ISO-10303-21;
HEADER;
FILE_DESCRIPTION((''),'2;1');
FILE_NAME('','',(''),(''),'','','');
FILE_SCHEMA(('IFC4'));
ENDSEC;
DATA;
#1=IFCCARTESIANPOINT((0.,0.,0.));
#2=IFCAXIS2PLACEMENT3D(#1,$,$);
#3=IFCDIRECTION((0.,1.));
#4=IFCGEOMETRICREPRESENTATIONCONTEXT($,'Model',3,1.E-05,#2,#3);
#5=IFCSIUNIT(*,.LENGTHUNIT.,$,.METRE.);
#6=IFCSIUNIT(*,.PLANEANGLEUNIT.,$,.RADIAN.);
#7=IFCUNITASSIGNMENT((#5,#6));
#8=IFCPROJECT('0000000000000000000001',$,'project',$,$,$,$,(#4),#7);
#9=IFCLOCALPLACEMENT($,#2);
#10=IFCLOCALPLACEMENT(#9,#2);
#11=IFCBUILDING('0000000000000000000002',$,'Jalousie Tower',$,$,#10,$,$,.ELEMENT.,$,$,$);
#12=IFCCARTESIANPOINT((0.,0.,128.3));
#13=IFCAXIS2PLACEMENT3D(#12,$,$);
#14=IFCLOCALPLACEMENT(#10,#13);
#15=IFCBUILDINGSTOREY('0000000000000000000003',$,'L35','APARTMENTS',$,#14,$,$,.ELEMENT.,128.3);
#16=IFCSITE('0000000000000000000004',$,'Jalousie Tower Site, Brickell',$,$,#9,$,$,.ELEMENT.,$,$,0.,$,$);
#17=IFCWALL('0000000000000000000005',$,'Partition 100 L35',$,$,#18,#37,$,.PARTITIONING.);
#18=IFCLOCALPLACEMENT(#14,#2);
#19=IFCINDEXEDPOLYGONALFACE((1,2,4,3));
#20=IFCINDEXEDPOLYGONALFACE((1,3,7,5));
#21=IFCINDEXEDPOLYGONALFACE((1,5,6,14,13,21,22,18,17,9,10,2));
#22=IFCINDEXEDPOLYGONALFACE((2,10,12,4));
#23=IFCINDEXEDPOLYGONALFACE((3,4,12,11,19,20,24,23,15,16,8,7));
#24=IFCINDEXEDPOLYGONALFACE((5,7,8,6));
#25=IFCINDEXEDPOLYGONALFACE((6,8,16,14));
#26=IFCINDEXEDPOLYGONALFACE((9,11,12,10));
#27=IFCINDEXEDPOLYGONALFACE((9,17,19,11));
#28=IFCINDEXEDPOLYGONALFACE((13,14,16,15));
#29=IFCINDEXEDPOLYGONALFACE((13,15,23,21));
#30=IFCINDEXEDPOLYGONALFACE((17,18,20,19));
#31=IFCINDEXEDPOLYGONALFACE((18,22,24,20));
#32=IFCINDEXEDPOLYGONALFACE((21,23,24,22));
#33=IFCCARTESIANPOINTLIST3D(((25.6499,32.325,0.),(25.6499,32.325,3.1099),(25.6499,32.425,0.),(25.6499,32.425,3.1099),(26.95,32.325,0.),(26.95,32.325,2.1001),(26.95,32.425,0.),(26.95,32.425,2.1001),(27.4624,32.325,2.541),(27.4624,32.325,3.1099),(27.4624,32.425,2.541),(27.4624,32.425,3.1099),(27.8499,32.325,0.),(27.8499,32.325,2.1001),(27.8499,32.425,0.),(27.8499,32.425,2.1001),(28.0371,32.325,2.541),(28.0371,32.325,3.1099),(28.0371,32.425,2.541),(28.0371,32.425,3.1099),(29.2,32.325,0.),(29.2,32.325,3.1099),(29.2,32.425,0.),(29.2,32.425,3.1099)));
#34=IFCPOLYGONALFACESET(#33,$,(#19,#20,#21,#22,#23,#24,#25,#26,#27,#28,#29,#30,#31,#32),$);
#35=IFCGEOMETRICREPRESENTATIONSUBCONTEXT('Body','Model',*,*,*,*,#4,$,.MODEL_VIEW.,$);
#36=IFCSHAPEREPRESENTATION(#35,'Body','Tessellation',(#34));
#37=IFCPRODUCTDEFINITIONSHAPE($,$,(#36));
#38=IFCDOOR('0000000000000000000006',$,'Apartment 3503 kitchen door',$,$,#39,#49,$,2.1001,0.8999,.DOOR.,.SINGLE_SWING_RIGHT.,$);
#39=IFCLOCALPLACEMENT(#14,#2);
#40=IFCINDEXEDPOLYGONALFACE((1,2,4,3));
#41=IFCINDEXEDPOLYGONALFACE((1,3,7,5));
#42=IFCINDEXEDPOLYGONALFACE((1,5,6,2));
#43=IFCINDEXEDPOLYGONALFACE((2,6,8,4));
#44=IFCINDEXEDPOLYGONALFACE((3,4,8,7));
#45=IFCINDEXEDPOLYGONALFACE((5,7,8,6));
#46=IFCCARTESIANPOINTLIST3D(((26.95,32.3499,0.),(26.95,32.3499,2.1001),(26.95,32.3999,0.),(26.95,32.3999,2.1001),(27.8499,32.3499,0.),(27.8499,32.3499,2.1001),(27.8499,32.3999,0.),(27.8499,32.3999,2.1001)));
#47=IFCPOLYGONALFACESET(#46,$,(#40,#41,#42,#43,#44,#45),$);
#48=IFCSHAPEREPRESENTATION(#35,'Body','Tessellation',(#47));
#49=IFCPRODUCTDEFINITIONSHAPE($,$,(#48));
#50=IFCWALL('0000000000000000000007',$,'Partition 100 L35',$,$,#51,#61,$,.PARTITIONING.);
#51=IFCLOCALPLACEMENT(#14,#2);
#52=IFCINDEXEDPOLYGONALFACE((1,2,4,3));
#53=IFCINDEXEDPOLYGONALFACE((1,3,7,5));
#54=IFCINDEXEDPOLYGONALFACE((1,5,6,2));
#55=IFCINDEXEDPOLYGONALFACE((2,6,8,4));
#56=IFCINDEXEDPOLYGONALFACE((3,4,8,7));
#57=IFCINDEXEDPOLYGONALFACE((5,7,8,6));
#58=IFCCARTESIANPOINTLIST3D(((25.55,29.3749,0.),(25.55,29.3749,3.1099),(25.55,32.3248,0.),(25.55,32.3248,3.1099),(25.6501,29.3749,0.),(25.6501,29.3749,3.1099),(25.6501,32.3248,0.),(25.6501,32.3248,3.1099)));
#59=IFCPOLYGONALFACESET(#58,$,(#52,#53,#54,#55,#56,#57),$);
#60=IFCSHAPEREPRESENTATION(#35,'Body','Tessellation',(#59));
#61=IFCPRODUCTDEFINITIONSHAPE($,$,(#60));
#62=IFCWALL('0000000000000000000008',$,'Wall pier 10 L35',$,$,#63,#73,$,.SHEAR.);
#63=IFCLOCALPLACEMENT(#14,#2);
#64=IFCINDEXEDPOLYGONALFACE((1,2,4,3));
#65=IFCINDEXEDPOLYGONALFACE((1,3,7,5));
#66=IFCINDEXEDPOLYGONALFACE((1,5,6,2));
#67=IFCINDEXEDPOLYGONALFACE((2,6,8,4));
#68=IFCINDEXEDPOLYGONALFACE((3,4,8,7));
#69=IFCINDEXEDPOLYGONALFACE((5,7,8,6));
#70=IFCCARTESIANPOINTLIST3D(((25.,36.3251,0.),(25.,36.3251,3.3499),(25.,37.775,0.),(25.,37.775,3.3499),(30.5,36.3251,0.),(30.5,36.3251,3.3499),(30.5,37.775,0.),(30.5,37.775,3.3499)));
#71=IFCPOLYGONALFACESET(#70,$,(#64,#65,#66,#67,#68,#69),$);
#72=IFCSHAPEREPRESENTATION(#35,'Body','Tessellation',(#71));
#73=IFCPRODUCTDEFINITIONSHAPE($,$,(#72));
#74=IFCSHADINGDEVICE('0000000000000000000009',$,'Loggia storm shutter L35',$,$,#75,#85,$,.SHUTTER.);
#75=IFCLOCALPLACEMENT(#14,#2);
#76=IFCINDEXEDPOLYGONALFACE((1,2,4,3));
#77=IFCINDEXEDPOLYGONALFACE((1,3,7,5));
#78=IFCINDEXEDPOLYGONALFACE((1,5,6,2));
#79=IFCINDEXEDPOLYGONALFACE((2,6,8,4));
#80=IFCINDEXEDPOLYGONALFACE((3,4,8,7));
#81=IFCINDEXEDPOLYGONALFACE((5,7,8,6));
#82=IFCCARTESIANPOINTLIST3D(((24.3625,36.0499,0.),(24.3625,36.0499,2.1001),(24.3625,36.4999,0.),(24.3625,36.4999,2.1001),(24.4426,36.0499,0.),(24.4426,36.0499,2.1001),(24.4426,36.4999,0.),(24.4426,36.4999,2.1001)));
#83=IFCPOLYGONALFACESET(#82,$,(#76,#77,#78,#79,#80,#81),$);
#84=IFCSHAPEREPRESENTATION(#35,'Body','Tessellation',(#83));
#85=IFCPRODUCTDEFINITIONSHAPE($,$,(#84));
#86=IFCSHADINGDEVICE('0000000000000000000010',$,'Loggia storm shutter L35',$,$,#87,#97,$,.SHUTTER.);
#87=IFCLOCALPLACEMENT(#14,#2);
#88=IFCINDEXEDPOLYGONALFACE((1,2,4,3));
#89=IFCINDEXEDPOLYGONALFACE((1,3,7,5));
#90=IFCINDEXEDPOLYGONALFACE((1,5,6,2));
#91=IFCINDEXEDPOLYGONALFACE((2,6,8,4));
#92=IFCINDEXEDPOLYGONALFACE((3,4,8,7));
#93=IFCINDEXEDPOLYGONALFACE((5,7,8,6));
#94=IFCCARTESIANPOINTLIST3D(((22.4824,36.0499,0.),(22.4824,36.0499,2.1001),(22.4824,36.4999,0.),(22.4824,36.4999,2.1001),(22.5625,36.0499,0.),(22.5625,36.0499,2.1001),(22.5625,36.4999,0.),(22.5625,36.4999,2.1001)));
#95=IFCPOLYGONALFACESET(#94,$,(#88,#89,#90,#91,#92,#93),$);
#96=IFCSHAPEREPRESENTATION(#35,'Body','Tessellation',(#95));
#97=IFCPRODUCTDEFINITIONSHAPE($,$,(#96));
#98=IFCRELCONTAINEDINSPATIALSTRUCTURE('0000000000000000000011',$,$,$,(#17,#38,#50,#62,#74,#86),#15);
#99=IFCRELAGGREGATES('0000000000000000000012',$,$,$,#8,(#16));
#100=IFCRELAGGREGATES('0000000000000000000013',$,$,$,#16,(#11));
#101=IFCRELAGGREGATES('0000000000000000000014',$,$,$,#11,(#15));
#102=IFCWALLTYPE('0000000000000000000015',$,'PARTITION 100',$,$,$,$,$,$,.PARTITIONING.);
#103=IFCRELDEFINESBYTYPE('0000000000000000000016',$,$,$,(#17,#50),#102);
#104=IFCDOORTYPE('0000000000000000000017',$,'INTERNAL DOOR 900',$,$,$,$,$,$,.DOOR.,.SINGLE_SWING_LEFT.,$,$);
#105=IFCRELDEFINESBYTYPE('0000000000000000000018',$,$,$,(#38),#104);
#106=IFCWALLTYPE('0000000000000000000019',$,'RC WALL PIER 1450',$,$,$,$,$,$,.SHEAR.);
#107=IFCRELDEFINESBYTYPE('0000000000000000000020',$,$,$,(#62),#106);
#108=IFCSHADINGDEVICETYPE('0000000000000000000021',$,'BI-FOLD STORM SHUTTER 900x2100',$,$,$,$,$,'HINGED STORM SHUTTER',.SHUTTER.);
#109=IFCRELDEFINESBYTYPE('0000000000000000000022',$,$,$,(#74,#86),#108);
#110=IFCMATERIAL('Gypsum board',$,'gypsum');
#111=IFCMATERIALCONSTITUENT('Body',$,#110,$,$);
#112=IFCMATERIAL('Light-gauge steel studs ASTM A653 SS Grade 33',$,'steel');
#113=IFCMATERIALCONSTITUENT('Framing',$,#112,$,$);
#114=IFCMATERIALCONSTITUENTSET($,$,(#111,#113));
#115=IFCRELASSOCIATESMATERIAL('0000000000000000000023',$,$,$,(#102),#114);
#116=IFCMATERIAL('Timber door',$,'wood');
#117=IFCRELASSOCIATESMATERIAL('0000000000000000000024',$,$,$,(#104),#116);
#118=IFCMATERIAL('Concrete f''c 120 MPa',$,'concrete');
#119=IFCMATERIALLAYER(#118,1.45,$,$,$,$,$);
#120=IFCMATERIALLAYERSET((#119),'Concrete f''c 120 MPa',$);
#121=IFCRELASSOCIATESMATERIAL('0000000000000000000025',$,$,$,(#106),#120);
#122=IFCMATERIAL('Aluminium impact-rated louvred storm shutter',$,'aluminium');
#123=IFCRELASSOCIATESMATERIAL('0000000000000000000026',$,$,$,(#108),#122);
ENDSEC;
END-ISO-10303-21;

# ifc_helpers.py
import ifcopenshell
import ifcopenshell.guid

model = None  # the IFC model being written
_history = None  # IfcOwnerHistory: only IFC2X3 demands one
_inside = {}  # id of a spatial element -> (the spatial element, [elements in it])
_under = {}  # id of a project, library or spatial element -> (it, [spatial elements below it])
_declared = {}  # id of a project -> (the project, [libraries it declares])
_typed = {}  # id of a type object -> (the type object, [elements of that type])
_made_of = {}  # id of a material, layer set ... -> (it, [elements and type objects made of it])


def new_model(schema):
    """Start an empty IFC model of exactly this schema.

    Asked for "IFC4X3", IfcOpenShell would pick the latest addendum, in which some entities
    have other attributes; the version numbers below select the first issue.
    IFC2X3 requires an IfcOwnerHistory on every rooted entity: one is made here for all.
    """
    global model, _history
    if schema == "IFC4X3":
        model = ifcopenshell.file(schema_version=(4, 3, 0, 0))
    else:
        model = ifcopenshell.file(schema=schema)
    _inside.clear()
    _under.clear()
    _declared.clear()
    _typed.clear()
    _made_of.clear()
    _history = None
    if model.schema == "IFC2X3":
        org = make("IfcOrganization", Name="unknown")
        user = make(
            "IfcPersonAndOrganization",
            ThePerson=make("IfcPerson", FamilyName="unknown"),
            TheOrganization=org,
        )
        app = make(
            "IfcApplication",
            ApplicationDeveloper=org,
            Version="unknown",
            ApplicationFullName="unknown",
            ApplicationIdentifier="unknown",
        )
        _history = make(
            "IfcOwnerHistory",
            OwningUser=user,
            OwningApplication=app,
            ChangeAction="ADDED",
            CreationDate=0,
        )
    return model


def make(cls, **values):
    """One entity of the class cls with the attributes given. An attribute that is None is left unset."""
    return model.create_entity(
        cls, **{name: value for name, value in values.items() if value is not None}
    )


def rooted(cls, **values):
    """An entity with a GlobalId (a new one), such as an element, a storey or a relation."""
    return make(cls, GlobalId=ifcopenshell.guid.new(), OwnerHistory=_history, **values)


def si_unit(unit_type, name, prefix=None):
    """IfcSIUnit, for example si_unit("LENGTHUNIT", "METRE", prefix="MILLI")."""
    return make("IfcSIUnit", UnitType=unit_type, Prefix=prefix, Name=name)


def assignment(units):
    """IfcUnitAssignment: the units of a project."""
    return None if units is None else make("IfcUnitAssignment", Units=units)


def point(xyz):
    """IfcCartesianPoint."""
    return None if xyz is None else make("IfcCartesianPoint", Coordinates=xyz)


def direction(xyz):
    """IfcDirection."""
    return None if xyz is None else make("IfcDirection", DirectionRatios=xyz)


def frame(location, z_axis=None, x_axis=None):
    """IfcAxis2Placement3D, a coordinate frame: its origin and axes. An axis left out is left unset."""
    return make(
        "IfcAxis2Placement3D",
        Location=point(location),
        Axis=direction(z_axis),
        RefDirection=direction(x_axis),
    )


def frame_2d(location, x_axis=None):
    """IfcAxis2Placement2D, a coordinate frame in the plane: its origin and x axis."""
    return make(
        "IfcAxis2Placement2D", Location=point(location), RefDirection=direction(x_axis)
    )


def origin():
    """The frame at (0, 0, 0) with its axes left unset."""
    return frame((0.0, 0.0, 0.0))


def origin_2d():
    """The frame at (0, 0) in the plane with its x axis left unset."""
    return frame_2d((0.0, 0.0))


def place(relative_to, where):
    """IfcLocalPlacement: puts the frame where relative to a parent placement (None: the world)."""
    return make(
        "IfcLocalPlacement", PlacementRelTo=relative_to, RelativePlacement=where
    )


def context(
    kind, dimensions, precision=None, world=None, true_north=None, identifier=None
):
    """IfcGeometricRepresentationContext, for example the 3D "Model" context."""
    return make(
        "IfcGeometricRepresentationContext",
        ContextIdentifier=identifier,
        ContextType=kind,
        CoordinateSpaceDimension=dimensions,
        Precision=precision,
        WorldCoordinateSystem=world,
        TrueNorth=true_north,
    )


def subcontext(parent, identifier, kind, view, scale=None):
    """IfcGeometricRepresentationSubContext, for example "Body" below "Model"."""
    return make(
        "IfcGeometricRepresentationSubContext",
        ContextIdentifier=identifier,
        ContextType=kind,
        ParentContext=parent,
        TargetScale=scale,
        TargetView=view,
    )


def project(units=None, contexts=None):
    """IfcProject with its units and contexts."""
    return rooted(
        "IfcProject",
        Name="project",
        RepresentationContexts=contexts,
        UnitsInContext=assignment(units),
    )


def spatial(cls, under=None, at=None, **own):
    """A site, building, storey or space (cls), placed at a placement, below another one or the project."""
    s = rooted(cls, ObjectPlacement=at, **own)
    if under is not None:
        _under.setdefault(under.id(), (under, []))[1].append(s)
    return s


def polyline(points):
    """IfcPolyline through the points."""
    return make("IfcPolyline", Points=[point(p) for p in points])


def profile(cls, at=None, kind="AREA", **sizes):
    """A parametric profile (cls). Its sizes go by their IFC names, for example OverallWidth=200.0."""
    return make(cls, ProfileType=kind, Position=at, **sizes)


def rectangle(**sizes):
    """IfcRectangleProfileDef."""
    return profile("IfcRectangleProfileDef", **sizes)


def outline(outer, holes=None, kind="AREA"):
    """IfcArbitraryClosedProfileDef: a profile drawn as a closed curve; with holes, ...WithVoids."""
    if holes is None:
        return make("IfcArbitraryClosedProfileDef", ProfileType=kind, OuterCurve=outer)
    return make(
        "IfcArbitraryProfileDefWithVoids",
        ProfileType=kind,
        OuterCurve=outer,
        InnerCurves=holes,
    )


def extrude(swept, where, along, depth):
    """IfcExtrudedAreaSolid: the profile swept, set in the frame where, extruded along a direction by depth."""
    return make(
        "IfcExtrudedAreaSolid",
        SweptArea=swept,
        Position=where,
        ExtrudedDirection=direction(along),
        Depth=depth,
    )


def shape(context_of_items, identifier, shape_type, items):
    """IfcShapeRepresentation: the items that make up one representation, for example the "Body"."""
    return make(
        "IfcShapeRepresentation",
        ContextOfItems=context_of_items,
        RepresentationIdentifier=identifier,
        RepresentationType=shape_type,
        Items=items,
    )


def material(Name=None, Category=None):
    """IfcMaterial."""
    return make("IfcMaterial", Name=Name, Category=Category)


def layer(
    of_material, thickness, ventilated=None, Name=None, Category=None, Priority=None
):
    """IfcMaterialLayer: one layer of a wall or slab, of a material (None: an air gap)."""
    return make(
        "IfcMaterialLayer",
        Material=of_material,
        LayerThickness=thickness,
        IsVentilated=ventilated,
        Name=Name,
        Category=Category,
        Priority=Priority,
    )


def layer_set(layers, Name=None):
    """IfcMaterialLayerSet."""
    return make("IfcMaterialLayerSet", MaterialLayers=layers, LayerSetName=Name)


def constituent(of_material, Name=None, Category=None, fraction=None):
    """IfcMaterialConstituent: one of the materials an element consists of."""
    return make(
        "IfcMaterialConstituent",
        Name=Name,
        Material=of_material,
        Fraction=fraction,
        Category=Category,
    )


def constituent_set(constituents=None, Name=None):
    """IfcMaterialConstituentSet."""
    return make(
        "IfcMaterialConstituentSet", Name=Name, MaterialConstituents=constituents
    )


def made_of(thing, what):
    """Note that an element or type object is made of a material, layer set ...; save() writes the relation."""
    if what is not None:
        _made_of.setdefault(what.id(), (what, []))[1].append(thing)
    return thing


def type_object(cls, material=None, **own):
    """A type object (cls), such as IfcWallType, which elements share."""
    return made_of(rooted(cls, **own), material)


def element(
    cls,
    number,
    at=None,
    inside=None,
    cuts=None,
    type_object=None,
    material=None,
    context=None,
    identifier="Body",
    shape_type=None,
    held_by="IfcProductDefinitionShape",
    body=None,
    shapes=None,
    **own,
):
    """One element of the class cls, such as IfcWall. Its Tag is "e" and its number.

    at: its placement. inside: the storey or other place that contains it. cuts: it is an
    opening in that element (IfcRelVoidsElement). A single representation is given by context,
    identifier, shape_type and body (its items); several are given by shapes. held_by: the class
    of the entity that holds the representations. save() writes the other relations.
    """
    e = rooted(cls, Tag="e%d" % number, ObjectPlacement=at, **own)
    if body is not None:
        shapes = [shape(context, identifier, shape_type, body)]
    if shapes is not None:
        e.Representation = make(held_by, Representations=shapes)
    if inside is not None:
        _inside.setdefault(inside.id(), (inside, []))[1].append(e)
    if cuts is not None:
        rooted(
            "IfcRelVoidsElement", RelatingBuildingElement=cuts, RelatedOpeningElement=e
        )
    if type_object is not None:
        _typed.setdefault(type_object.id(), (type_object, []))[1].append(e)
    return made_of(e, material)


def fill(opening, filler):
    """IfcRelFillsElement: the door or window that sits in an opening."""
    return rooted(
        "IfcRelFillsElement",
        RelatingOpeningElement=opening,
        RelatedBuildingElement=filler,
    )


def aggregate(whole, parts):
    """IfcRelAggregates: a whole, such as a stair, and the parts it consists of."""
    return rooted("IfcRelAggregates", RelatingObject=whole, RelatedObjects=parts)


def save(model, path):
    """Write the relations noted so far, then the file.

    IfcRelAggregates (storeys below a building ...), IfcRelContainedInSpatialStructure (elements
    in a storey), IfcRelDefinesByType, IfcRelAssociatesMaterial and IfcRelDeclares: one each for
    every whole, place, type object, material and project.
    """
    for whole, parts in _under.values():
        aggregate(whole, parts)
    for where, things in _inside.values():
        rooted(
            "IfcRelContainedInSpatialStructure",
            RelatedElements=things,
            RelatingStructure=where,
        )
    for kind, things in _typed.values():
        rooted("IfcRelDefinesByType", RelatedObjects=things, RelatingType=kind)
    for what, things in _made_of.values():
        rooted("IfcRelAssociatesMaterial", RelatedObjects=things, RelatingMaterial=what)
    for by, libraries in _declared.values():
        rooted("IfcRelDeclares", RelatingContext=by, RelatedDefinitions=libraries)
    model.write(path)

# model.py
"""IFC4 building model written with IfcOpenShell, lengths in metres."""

from ifc_helpers import new_model, si_unit, direction, frame, frame_2d, origin, origin_2d, place, context, subcontext, project, spatial, polyline, rectangle, outline, extrude, material, layer, layer_set, constituent, constituent_set, type_object, element, fill, save


model = new_model("IFC4")

# Units and contexts
model_context = context("Model", 3, precision=1e-05, world=origin(), true_north=direction((0.0, 1.0)))
body_context = subcontext(model_context, "Body", "Model", "MODEL_VIEW")
ifc_project = project(units=[si_unit("LENGTHUNIT", "METRE"), si_unit("PLANEANGLEUNIT", "RADIAN")], contexts=[model_context])

# Site, building, storey
site_placement = place(None, origin())
site = spatial("IfcSite", under=ifc_project, at=site_placement, Name="Jalousie Tower Site, Brickell", CompositionType="ELEMENT", RefElevation=0.0)
building_placement = place(site_placement, origin())
building = spatial("IfcBuilding", under=site, at=building_placement, Name="Jalousie Tower", CompositionType="ELEMENT")
storey_placement = place(building_placement, frame((0.0, 0.0, 128.3)))
storey = spatial("IfcBuildingStorey", under=building, at=storey_placement, Name="L35", Description="APARTMENTS", CompositionType="ELEMENT", Elevation=128.3)

# Wall, opening, door
ifc_material_1 = material(Name="Gypsum board", Category="gypsum")
ifc_constituent_1 = constituent(ifc_material_1, Name="Body")
ifc_material_2 = material(Name="Light-gauge steel studs ASTM A653 SS Grade 33", Category="steel")
ifc_constituent_2 = constituent(ifc_material_2, Name="Framing")
ifc_constituent_set_1 = constituent_set(constituents=[ifc_constituent_1, ifc_constituent_2])
wall_type_1 = type_object("IfcWallType", Name="PARTITION 100", PredefinedType="PARTITIONING", material=ifc_constituent_set_1)
wall_1_placement = place(storey_placement, frame((25.6499, 32.375, 0.0), z_axis=(0.0, 0.0, 1.0), x_axis=(1.0, 0.0, 0.0)))
wall_1 = element("IfcWall", 1, at=wall_1_placement, inside=storey, type_object=wall_type_1, Name="Partition 100 L35", PredefinedType="PARTITIONING", context=body_context, shape_type="SweptSolid", body=[
    extrude(outline(polyline([(0.0, 0.0), (3.55, 0.0), (3.55, 3.1099), (2.3872, 3.1099), (2.3872, 2.541), (1.8125, 2.541), (1.8125, 3.1099), (0.0, 3.1099), (0.0, 0.0)])), frame((0.0, 0.05, 0.0), z_axis=(0.0, -1.0, 0.0), x_axis=(1.0, 0.0, 0.0)), (0.0, 0.0, 1.0), 0.1001),
])
opening_1_placement = place(wall_1_placement, frame((1.3, 0.0, 0.0)))
opening_1 = element("IfcOpeningElement", 2, at=opening_1_placement, cuts=wall_1, PredefinedType="OPENING", context=body_context, shape_type="SweptSolid", body=[
    extrude(rectangle(XDim=0.8999, YDim=2.1001, at=frame_2d((0.45, 1.05))), frame((0.0, 0.0601, 0.0), z_axis=(0.0, -1.0, 0.0), x_axis=(1.0, 0.0, 0.0)), (0.0, 0.0, 1.0), 0.1201),
])
ifc_material_3 = material(Name="Timber door", Category="wood")
door_type_1 = type_object("IfcDoorType", Name="INTERNAL DOOR 900", OperationType="SINGLE_SWING_LEFT", PredefinedType="DOOR", material=ifc_material_3)
door_1_placement = place(opening_1_placement, origin())
door_1 = element("IfcDoor", 3, at=door_1_placement, inside=storey, type_object=door_type_1, Name="Apartment 3503 kitchen door", OperationType="SINGLE_SWING_RIGHT", OverallHeight=2.1001, OverallWidth=0.8999, PredefinedType="DOOR", context=body_context, shape_type="SweptSolid", body=[
    extrude(rectangle(XDim=0.8999, YDim=2.1001, at=frame_2d((0.45, 1.05))), frame((0.0, 0.0249, 0.0), z_axis=(0.0, -1.0, 0.0), x_axis=(1.0, 0.0, 0.0)), (0.0, 0.0, 1.0), 0.05),
])
fill(opening_1, door_1)

# Walls
wall_2_placement = place(storey_placement, frame((25.6001, 32.325, 0.0), z_axis=(0.0, 0.0, 1.0), x_axis=(0.0, -1.0, 0.0)))
element("IfcWall", 4, at=wall_2_placement, inside=storey, type_object=wall_type_1, Name="Partition 100 L35", PredefinedType="PARTITIONING", context=body_context, shape_type="SweptSolid", body=[
    extrude(rectangle(XDim=2.95, YDim=0.1001, at=frame_2d((1.4751, 0.0))), origin(), (0.0, 0.0, 1.0), 3.1099),
])
ifc_material_4 = material(Name="Concrete f'c 120 MPa", Category="concrete")
ifc_layer_1 = layer(ifc_material_4, 1.45)
ifc_layer_set_1 = layer_set([ifc_layer_1], Name="Concrete f'c 120 MPa")
wall_type_2 = type_object("IfcWallType", Name="RC WALL PIER 1450", PredefinedType="SHEAR", material=ifc_layer_set_1)
wall_3_placement = place(storey_placement, frame((25.0, 37.05, 0.0), z_axis=(0.0, 0.0, 1.0), x_axis=(1.0, 0.0, 0.0)))
element("IfcWall", 5, at=wall_3_placement, inside=storey, type_object=wall_type_2, Name="Wall pier 10 L35", PredefinedType="SHEAR", context=body_context, shape_type="SweptSolid", body=[
    extrude(rectangle(XDim=5.5, YDim=1.45, at=frame_2d((2.75, 0.0))), origin(), (0.0, 0.0, 1.0), 3.3499),
])

# Shading devices
ifc_material_5 = material(Name="Aluminium impact-rated louvred storm shutter", Category="aluminium")
shading_device_type_1 = type_object("IfcShadingDeviceType", Name="BI-FOLD STORM SHUTTER 900x2100", ElementType="HINGED STORM SHUTTER", PredefinedType="SHUTTER", material=ifc_material_5)
for number, where, z_axis, x_axis, name in (
    (6, (24.4026, 36.2749, 0.0), (0.0, 0.0, 1.0), (0.0, -1.0, 0.0), "Loggia storm shutter L35"),
    (7, (22.5225, 36.2749, 0.0), (0.0, 0.0, 1.0), (0.0, -1.0, 0.0), "Loggia storm shutter L35"),
):
    element("IfcShadingDevice", number, at=place(storey_placement, frame(where, z_axis=z_axis, x_axis=x_axis)), inside=storey, type_object=shading_device_type_1, Name=name, PredefinedType="SHUTTER", context=body_context, shape_type="SweptSolid", body=[
        extrude(rectangle(XDim=0.45, YDim=0.0801, at=origin_2d()), origin(), (0.0, 0.0, 1.0), 2.1001),
    ])

save(model, "model.ifc")
